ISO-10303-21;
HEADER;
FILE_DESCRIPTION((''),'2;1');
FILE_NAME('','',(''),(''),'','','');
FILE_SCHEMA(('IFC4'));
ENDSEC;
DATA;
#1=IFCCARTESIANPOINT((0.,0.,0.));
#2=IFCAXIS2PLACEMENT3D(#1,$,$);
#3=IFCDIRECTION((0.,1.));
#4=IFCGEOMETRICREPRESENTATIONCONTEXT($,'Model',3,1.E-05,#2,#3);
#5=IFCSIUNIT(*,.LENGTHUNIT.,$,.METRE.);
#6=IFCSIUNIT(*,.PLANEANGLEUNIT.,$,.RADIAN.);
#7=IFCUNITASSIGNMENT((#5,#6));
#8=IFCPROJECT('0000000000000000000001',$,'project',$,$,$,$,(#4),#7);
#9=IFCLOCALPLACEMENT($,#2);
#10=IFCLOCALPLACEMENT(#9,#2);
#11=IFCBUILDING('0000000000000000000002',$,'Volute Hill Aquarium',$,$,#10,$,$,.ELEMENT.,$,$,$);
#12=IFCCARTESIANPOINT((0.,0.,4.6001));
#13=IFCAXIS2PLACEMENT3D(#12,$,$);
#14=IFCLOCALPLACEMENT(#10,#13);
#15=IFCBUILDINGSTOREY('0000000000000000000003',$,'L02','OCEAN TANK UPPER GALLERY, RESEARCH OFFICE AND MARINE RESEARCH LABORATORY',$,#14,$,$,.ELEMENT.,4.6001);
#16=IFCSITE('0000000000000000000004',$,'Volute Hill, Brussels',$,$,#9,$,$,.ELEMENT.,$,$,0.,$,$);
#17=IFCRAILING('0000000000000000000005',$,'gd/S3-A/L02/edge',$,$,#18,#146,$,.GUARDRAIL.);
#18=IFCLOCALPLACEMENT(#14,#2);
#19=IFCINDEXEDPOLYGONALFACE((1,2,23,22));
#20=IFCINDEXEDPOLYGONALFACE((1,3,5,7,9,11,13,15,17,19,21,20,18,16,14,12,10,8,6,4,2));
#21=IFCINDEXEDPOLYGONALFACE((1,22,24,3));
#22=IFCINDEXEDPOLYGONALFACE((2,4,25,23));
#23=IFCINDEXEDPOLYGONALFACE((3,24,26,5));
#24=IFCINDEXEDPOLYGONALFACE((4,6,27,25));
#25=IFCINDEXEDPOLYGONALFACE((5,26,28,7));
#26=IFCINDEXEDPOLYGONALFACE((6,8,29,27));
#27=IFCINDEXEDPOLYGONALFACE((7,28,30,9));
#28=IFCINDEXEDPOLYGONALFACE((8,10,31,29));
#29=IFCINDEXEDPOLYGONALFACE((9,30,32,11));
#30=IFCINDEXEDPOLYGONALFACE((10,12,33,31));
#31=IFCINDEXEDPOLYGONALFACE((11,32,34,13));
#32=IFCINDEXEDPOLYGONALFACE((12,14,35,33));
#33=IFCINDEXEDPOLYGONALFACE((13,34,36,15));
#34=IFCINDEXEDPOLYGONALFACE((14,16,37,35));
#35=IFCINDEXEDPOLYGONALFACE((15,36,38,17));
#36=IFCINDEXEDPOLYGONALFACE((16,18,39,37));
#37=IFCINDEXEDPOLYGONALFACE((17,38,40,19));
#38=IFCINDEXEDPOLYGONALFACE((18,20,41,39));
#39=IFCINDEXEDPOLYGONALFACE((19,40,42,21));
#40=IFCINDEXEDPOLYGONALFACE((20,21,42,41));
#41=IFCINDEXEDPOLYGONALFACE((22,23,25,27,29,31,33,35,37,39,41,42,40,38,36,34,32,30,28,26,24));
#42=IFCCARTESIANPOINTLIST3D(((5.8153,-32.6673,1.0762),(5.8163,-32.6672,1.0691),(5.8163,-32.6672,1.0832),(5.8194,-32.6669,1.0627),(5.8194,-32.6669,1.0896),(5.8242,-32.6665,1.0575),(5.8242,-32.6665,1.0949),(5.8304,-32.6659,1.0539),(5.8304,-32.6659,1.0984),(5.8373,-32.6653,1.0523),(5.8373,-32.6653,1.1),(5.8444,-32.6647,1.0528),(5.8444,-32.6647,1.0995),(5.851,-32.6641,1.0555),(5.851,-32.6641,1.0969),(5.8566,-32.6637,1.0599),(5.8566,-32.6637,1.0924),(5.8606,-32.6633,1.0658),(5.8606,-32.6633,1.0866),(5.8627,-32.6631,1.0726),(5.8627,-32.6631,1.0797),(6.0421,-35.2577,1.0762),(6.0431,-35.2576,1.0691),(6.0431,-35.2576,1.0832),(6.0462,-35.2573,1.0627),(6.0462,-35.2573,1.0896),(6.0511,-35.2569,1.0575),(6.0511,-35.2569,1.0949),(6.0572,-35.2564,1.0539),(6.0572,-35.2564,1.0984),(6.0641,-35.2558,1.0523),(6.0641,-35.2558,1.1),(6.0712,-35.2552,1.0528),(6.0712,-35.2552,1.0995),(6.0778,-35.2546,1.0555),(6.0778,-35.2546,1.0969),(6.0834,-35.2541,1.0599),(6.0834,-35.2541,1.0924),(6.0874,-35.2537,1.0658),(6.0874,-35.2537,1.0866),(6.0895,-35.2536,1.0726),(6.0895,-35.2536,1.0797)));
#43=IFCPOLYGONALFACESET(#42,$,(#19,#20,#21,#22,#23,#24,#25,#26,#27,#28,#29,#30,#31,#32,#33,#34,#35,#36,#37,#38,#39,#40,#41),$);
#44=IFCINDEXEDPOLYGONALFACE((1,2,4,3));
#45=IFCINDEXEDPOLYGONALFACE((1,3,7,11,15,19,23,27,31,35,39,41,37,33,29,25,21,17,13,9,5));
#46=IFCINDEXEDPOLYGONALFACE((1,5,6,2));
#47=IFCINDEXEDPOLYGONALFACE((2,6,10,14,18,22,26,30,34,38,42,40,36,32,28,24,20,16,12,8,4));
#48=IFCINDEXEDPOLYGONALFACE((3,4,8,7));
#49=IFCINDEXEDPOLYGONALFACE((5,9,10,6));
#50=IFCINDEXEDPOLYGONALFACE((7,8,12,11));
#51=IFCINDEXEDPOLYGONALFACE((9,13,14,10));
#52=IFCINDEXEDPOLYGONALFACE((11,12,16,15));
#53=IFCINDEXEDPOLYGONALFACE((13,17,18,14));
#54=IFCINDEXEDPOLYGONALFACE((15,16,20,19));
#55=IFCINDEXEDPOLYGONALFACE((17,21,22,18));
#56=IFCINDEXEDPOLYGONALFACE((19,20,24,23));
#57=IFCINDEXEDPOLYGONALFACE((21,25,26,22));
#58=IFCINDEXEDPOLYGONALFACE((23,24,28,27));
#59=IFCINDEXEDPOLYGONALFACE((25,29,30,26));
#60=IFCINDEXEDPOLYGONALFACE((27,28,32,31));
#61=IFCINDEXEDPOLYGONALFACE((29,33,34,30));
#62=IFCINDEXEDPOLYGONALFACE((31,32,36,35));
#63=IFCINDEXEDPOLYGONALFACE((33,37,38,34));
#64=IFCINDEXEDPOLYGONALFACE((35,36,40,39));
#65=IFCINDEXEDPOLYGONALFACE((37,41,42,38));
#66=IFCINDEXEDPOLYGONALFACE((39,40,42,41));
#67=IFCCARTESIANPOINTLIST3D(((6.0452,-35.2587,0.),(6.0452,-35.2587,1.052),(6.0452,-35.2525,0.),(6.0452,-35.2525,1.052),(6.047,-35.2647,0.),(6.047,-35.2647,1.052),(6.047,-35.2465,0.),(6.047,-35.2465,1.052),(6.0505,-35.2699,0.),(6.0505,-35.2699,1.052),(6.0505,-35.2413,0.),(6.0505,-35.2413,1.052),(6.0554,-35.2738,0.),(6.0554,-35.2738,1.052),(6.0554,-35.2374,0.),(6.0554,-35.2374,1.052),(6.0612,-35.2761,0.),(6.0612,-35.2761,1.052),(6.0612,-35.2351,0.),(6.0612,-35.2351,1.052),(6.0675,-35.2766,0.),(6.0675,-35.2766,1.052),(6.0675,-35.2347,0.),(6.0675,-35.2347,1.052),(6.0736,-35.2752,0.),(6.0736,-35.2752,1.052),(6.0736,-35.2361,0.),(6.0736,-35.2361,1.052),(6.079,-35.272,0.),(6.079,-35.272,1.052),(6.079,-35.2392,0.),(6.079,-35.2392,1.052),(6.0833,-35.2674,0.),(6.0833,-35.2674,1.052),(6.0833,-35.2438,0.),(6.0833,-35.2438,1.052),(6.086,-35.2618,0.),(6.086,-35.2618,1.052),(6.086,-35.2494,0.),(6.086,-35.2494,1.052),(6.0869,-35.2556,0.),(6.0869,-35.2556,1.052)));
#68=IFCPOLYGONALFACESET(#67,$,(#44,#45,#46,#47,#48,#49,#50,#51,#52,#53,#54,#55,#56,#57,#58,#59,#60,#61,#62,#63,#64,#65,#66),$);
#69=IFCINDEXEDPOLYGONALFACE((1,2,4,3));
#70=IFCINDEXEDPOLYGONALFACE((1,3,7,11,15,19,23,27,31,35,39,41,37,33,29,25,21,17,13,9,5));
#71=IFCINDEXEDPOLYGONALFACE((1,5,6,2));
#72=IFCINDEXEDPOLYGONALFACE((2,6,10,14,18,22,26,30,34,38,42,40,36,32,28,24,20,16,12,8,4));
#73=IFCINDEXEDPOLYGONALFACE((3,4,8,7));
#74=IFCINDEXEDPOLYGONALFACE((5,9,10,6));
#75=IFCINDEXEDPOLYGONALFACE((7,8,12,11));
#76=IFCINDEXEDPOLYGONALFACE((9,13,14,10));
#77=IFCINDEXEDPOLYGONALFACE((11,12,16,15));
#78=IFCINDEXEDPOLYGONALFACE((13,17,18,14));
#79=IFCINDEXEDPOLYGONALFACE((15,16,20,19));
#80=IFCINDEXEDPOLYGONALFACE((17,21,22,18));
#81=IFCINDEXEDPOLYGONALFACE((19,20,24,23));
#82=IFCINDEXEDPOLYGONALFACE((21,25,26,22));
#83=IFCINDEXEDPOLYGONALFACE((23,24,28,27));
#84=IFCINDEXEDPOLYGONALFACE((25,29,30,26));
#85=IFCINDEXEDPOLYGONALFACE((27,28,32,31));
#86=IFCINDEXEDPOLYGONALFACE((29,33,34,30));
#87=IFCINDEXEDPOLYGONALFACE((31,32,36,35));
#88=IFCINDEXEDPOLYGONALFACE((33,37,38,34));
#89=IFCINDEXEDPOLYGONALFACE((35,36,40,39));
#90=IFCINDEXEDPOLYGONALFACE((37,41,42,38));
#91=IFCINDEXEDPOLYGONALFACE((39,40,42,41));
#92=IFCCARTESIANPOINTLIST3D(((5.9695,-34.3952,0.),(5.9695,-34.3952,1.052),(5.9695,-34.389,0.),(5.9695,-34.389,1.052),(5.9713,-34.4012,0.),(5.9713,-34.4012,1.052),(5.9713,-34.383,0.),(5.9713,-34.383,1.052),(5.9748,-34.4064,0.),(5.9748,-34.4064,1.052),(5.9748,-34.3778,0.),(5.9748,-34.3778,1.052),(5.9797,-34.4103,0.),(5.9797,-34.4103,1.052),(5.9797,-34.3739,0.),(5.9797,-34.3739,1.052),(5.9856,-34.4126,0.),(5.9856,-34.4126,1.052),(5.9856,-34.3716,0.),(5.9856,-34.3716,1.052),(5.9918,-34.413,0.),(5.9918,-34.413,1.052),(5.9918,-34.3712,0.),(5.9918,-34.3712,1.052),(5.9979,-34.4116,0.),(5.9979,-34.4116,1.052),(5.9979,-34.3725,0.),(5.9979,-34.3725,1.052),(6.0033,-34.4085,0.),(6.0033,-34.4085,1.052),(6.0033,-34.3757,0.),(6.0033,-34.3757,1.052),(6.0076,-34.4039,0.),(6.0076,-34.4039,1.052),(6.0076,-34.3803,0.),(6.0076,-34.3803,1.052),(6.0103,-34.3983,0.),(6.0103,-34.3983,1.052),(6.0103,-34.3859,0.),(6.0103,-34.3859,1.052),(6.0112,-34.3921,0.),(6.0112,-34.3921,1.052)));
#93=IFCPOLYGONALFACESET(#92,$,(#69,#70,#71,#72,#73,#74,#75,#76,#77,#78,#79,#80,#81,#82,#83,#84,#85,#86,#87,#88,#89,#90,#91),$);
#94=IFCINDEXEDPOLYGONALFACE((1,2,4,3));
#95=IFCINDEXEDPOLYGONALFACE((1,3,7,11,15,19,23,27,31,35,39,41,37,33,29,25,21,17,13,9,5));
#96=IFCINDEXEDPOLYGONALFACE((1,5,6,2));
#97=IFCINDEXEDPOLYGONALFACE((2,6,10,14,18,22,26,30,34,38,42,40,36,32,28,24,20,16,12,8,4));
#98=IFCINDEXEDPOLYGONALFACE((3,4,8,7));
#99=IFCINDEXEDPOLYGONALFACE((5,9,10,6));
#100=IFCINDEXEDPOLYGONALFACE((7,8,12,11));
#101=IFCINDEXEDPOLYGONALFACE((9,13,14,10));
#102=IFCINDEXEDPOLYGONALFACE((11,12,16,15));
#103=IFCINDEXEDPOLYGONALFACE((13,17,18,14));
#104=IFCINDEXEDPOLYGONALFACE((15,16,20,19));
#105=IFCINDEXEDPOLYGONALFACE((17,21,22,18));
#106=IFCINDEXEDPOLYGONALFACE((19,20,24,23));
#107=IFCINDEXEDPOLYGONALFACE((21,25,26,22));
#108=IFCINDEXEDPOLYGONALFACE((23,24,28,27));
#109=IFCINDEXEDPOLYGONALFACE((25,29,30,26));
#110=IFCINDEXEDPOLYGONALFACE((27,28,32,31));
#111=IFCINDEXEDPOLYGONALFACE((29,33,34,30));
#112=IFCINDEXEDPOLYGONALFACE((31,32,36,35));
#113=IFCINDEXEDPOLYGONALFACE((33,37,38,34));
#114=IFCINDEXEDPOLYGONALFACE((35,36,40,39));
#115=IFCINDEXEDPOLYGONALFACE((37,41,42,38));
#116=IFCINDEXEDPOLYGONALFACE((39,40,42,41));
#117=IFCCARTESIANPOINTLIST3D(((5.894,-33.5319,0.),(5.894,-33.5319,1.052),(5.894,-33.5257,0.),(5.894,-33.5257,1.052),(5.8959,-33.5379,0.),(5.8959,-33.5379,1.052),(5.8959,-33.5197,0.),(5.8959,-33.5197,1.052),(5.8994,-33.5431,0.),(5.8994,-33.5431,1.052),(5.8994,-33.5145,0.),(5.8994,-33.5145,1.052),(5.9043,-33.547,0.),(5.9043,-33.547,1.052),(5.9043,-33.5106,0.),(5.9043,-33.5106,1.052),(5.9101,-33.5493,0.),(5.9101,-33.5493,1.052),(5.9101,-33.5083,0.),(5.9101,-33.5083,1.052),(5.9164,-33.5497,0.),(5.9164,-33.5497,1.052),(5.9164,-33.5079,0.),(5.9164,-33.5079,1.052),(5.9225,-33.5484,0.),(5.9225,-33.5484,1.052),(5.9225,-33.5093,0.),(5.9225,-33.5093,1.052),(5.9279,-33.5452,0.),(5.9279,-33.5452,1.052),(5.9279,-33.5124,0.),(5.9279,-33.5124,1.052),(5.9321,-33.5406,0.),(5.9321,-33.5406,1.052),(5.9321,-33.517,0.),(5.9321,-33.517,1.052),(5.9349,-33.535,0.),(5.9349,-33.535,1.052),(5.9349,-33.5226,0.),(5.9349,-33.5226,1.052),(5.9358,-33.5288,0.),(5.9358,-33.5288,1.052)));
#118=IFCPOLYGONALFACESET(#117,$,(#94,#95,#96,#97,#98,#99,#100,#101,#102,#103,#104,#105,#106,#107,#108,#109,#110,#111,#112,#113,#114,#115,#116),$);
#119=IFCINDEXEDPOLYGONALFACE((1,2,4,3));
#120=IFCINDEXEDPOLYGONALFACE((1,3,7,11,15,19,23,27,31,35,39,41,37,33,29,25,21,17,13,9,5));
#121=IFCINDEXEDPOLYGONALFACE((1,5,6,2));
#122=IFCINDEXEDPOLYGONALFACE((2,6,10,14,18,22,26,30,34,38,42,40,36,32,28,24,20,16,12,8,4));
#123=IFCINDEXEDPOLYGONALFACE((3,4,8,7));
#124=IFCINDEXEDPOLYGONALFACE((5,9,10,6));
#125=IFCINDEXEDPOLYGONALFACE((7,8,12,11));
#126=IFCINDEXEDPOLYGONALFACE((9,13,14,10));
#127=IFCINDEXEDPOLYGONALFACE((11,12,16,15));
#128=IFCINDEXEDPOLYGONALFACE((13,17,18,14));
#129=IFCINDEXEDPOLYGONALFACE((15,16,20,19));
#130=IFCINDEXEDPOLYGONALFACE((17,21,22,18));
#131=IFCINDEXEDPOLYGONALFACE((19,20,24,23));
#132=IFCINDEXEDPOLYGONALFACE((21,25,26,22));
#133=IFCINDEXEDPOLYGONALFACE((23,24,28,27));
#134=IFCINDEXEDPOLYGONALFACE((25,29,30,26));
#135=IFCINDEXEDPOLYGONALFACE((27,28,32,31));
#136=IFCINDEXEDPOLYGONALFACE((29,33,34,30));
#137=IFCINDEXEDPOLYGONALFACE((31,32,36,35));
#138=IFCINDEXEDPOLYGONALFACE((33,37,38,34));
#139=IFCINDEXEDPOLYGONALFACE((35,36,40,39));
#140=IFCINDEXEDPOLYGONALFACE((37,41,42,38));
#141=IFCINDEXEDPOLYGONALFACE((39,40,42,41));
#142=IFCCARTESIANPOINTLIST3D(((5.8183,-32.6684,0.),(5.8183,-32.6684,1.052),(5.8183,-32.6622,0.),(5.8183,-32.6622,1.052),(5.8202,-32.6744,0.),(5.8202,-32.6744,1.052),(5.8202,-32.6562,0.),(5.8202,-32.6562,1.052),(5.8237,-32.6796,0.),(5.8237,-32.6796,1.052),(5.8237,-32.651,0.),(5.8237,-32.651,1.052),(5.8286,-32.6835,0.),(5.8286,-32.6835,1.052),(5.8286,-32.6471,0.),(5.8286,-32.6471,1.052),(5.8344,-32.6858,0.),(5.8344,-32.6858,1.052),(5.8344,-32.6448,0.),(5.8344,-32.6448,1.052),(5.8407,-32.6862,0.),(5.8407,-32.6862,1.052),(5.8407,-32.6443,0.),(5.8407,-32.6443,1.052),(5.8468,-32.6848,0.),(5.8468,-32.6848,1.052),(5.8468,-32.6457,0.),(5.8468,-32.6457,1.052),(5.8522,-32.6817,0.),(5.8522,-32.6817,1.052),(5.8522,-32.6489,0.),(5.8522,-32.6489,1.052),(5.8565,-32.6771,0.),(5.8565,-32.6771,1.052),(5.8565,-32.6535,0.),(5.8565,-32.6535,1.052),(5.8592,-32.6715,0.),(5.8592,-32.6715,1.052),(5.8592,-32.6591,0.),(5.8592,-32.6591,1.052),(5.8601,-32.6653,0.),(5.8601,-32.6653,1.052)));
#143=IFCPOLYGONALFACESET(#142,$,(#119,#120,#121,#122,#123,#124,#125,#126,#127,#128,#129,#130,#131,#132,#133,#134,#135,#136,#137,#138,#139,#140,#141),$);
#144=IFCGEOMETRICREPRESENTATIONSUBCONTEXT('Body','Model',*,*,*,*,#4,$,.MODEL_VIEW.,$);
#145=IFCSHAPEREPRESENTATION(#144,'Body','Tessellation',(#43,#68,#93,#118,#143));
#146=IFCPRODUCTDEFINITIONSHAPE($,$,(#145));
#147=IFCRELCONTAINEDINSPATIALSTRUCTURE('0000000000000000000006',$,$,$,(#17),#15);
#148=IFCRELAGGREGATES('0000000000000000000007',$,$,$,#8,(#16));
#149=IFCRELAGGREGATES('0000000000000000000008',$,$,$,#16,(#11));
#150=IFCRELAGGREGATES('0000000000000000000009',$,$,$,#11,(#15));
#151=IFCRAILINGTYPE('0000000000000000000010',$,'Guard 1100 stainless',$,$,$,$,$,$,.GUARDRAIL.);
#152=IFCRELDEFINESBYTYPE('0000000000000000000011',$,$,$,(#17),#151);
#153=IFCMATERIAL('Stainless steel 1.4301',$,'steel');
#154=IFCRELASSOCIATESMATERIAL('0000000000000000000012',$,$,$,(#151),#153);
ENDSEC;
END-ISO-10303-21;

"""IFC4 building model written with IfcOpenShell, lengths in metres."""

from ifc_helpers import new_model, si_unit, direction, frame, origin, origin_2d, place, context, subcontext, project, spatial, circle, extrude, material, type_object, element, save


model = new_model("IFC4")

# Units and contexts
model_context = context("Model", 3, precision=1e-05, world=origin(), true_north=direction((0.0, 1.0)))
body_context = subcontext(model_context, "Body", "Model", "MODEL_VIEW")
ifc_project = project(units=[si_unit("LENGTHUNIT", "METRE"), si_unit("PLANEANGLEUNIT", "RADIAN")], contexts=[model_context])

# Site, building, storey
site_placement = place(None, origin())
site = spatial("IfcSite", under=ifc_project, at=site_placement, Name="Volute Hill, Brussels", CompositionType="ELEMENT", RefElevation=0.0)
building_placement = place(site_placement, origin())
building = spatial("IfcBuilding", under=site, at=building_placement, Name="Volute Hill Aquarium", CompositionType="ELEMENT")
storey_placement = place(building_placement, frame((0.0, 0.0, 4.6001)))
storey = spatial("IfcBuildingStorey", under=building, at=storey_placement, Name="L02", Description="OCEAN TANK UPPER GALLERY, RESEARCH OFFICE AND MARINE RESEARCH LABORATORY", CompositionType="ELEMENT", Elevation=4.6001)

# Railing
ifc_material_1 = material(Name="Stainless steel 1.4301", Category="steel")
railing_type_1 = type_object("IfcRailingType", Name="Guard 1100 stainless", PredefinedType="GUARDRAIL", material=ifc_material_1)
railing_1_placement = place(storey_placement, frame((6.0659, -35.2556, 0.0)))
element("IfcRailing", 1, at=railing_1_placement, inside=storey, type_object=railing_type_1, Name="gd/S3-A/L02/edge", PredefinedType="GUARDRAIL", context=body_context, shape_type="SweptSolid", body=[
    extrude(circle(Radius=0.0239, at=origin_2d()), frame((0.0, 0.0, 1.0762), z_axis=(-0.087225, 0.996189, 0.0), x_axis=(-0.996189, -0.087225, 0.0)), (0.0, 0.0, 1.0), 2.6003),
    extrude(circle(Radius=0.021, at=origin_2d()), origin(), (0.0, 0.0, 1.0), 1.052),
    extrude(circle(Radius=0.021, at=origin_2d()), frame((-0.0757, 0.8635, 0.0)), (0.0, 0.0, 1.0), 1.052),
    extrude(circle(Radius=0.021, at=origin_2d()), frame((-0.1511, 1.7268, 0.0)), (0.0, 0.0, 1.0), 1.052),
    extrude(circle(Radius=0.021, at=origin_2d()), frame((-0.2268, 2.5903, 0.0)), (0.0, 0.0, 1.0), 1.052),
])

save(model, "model.ifc")
